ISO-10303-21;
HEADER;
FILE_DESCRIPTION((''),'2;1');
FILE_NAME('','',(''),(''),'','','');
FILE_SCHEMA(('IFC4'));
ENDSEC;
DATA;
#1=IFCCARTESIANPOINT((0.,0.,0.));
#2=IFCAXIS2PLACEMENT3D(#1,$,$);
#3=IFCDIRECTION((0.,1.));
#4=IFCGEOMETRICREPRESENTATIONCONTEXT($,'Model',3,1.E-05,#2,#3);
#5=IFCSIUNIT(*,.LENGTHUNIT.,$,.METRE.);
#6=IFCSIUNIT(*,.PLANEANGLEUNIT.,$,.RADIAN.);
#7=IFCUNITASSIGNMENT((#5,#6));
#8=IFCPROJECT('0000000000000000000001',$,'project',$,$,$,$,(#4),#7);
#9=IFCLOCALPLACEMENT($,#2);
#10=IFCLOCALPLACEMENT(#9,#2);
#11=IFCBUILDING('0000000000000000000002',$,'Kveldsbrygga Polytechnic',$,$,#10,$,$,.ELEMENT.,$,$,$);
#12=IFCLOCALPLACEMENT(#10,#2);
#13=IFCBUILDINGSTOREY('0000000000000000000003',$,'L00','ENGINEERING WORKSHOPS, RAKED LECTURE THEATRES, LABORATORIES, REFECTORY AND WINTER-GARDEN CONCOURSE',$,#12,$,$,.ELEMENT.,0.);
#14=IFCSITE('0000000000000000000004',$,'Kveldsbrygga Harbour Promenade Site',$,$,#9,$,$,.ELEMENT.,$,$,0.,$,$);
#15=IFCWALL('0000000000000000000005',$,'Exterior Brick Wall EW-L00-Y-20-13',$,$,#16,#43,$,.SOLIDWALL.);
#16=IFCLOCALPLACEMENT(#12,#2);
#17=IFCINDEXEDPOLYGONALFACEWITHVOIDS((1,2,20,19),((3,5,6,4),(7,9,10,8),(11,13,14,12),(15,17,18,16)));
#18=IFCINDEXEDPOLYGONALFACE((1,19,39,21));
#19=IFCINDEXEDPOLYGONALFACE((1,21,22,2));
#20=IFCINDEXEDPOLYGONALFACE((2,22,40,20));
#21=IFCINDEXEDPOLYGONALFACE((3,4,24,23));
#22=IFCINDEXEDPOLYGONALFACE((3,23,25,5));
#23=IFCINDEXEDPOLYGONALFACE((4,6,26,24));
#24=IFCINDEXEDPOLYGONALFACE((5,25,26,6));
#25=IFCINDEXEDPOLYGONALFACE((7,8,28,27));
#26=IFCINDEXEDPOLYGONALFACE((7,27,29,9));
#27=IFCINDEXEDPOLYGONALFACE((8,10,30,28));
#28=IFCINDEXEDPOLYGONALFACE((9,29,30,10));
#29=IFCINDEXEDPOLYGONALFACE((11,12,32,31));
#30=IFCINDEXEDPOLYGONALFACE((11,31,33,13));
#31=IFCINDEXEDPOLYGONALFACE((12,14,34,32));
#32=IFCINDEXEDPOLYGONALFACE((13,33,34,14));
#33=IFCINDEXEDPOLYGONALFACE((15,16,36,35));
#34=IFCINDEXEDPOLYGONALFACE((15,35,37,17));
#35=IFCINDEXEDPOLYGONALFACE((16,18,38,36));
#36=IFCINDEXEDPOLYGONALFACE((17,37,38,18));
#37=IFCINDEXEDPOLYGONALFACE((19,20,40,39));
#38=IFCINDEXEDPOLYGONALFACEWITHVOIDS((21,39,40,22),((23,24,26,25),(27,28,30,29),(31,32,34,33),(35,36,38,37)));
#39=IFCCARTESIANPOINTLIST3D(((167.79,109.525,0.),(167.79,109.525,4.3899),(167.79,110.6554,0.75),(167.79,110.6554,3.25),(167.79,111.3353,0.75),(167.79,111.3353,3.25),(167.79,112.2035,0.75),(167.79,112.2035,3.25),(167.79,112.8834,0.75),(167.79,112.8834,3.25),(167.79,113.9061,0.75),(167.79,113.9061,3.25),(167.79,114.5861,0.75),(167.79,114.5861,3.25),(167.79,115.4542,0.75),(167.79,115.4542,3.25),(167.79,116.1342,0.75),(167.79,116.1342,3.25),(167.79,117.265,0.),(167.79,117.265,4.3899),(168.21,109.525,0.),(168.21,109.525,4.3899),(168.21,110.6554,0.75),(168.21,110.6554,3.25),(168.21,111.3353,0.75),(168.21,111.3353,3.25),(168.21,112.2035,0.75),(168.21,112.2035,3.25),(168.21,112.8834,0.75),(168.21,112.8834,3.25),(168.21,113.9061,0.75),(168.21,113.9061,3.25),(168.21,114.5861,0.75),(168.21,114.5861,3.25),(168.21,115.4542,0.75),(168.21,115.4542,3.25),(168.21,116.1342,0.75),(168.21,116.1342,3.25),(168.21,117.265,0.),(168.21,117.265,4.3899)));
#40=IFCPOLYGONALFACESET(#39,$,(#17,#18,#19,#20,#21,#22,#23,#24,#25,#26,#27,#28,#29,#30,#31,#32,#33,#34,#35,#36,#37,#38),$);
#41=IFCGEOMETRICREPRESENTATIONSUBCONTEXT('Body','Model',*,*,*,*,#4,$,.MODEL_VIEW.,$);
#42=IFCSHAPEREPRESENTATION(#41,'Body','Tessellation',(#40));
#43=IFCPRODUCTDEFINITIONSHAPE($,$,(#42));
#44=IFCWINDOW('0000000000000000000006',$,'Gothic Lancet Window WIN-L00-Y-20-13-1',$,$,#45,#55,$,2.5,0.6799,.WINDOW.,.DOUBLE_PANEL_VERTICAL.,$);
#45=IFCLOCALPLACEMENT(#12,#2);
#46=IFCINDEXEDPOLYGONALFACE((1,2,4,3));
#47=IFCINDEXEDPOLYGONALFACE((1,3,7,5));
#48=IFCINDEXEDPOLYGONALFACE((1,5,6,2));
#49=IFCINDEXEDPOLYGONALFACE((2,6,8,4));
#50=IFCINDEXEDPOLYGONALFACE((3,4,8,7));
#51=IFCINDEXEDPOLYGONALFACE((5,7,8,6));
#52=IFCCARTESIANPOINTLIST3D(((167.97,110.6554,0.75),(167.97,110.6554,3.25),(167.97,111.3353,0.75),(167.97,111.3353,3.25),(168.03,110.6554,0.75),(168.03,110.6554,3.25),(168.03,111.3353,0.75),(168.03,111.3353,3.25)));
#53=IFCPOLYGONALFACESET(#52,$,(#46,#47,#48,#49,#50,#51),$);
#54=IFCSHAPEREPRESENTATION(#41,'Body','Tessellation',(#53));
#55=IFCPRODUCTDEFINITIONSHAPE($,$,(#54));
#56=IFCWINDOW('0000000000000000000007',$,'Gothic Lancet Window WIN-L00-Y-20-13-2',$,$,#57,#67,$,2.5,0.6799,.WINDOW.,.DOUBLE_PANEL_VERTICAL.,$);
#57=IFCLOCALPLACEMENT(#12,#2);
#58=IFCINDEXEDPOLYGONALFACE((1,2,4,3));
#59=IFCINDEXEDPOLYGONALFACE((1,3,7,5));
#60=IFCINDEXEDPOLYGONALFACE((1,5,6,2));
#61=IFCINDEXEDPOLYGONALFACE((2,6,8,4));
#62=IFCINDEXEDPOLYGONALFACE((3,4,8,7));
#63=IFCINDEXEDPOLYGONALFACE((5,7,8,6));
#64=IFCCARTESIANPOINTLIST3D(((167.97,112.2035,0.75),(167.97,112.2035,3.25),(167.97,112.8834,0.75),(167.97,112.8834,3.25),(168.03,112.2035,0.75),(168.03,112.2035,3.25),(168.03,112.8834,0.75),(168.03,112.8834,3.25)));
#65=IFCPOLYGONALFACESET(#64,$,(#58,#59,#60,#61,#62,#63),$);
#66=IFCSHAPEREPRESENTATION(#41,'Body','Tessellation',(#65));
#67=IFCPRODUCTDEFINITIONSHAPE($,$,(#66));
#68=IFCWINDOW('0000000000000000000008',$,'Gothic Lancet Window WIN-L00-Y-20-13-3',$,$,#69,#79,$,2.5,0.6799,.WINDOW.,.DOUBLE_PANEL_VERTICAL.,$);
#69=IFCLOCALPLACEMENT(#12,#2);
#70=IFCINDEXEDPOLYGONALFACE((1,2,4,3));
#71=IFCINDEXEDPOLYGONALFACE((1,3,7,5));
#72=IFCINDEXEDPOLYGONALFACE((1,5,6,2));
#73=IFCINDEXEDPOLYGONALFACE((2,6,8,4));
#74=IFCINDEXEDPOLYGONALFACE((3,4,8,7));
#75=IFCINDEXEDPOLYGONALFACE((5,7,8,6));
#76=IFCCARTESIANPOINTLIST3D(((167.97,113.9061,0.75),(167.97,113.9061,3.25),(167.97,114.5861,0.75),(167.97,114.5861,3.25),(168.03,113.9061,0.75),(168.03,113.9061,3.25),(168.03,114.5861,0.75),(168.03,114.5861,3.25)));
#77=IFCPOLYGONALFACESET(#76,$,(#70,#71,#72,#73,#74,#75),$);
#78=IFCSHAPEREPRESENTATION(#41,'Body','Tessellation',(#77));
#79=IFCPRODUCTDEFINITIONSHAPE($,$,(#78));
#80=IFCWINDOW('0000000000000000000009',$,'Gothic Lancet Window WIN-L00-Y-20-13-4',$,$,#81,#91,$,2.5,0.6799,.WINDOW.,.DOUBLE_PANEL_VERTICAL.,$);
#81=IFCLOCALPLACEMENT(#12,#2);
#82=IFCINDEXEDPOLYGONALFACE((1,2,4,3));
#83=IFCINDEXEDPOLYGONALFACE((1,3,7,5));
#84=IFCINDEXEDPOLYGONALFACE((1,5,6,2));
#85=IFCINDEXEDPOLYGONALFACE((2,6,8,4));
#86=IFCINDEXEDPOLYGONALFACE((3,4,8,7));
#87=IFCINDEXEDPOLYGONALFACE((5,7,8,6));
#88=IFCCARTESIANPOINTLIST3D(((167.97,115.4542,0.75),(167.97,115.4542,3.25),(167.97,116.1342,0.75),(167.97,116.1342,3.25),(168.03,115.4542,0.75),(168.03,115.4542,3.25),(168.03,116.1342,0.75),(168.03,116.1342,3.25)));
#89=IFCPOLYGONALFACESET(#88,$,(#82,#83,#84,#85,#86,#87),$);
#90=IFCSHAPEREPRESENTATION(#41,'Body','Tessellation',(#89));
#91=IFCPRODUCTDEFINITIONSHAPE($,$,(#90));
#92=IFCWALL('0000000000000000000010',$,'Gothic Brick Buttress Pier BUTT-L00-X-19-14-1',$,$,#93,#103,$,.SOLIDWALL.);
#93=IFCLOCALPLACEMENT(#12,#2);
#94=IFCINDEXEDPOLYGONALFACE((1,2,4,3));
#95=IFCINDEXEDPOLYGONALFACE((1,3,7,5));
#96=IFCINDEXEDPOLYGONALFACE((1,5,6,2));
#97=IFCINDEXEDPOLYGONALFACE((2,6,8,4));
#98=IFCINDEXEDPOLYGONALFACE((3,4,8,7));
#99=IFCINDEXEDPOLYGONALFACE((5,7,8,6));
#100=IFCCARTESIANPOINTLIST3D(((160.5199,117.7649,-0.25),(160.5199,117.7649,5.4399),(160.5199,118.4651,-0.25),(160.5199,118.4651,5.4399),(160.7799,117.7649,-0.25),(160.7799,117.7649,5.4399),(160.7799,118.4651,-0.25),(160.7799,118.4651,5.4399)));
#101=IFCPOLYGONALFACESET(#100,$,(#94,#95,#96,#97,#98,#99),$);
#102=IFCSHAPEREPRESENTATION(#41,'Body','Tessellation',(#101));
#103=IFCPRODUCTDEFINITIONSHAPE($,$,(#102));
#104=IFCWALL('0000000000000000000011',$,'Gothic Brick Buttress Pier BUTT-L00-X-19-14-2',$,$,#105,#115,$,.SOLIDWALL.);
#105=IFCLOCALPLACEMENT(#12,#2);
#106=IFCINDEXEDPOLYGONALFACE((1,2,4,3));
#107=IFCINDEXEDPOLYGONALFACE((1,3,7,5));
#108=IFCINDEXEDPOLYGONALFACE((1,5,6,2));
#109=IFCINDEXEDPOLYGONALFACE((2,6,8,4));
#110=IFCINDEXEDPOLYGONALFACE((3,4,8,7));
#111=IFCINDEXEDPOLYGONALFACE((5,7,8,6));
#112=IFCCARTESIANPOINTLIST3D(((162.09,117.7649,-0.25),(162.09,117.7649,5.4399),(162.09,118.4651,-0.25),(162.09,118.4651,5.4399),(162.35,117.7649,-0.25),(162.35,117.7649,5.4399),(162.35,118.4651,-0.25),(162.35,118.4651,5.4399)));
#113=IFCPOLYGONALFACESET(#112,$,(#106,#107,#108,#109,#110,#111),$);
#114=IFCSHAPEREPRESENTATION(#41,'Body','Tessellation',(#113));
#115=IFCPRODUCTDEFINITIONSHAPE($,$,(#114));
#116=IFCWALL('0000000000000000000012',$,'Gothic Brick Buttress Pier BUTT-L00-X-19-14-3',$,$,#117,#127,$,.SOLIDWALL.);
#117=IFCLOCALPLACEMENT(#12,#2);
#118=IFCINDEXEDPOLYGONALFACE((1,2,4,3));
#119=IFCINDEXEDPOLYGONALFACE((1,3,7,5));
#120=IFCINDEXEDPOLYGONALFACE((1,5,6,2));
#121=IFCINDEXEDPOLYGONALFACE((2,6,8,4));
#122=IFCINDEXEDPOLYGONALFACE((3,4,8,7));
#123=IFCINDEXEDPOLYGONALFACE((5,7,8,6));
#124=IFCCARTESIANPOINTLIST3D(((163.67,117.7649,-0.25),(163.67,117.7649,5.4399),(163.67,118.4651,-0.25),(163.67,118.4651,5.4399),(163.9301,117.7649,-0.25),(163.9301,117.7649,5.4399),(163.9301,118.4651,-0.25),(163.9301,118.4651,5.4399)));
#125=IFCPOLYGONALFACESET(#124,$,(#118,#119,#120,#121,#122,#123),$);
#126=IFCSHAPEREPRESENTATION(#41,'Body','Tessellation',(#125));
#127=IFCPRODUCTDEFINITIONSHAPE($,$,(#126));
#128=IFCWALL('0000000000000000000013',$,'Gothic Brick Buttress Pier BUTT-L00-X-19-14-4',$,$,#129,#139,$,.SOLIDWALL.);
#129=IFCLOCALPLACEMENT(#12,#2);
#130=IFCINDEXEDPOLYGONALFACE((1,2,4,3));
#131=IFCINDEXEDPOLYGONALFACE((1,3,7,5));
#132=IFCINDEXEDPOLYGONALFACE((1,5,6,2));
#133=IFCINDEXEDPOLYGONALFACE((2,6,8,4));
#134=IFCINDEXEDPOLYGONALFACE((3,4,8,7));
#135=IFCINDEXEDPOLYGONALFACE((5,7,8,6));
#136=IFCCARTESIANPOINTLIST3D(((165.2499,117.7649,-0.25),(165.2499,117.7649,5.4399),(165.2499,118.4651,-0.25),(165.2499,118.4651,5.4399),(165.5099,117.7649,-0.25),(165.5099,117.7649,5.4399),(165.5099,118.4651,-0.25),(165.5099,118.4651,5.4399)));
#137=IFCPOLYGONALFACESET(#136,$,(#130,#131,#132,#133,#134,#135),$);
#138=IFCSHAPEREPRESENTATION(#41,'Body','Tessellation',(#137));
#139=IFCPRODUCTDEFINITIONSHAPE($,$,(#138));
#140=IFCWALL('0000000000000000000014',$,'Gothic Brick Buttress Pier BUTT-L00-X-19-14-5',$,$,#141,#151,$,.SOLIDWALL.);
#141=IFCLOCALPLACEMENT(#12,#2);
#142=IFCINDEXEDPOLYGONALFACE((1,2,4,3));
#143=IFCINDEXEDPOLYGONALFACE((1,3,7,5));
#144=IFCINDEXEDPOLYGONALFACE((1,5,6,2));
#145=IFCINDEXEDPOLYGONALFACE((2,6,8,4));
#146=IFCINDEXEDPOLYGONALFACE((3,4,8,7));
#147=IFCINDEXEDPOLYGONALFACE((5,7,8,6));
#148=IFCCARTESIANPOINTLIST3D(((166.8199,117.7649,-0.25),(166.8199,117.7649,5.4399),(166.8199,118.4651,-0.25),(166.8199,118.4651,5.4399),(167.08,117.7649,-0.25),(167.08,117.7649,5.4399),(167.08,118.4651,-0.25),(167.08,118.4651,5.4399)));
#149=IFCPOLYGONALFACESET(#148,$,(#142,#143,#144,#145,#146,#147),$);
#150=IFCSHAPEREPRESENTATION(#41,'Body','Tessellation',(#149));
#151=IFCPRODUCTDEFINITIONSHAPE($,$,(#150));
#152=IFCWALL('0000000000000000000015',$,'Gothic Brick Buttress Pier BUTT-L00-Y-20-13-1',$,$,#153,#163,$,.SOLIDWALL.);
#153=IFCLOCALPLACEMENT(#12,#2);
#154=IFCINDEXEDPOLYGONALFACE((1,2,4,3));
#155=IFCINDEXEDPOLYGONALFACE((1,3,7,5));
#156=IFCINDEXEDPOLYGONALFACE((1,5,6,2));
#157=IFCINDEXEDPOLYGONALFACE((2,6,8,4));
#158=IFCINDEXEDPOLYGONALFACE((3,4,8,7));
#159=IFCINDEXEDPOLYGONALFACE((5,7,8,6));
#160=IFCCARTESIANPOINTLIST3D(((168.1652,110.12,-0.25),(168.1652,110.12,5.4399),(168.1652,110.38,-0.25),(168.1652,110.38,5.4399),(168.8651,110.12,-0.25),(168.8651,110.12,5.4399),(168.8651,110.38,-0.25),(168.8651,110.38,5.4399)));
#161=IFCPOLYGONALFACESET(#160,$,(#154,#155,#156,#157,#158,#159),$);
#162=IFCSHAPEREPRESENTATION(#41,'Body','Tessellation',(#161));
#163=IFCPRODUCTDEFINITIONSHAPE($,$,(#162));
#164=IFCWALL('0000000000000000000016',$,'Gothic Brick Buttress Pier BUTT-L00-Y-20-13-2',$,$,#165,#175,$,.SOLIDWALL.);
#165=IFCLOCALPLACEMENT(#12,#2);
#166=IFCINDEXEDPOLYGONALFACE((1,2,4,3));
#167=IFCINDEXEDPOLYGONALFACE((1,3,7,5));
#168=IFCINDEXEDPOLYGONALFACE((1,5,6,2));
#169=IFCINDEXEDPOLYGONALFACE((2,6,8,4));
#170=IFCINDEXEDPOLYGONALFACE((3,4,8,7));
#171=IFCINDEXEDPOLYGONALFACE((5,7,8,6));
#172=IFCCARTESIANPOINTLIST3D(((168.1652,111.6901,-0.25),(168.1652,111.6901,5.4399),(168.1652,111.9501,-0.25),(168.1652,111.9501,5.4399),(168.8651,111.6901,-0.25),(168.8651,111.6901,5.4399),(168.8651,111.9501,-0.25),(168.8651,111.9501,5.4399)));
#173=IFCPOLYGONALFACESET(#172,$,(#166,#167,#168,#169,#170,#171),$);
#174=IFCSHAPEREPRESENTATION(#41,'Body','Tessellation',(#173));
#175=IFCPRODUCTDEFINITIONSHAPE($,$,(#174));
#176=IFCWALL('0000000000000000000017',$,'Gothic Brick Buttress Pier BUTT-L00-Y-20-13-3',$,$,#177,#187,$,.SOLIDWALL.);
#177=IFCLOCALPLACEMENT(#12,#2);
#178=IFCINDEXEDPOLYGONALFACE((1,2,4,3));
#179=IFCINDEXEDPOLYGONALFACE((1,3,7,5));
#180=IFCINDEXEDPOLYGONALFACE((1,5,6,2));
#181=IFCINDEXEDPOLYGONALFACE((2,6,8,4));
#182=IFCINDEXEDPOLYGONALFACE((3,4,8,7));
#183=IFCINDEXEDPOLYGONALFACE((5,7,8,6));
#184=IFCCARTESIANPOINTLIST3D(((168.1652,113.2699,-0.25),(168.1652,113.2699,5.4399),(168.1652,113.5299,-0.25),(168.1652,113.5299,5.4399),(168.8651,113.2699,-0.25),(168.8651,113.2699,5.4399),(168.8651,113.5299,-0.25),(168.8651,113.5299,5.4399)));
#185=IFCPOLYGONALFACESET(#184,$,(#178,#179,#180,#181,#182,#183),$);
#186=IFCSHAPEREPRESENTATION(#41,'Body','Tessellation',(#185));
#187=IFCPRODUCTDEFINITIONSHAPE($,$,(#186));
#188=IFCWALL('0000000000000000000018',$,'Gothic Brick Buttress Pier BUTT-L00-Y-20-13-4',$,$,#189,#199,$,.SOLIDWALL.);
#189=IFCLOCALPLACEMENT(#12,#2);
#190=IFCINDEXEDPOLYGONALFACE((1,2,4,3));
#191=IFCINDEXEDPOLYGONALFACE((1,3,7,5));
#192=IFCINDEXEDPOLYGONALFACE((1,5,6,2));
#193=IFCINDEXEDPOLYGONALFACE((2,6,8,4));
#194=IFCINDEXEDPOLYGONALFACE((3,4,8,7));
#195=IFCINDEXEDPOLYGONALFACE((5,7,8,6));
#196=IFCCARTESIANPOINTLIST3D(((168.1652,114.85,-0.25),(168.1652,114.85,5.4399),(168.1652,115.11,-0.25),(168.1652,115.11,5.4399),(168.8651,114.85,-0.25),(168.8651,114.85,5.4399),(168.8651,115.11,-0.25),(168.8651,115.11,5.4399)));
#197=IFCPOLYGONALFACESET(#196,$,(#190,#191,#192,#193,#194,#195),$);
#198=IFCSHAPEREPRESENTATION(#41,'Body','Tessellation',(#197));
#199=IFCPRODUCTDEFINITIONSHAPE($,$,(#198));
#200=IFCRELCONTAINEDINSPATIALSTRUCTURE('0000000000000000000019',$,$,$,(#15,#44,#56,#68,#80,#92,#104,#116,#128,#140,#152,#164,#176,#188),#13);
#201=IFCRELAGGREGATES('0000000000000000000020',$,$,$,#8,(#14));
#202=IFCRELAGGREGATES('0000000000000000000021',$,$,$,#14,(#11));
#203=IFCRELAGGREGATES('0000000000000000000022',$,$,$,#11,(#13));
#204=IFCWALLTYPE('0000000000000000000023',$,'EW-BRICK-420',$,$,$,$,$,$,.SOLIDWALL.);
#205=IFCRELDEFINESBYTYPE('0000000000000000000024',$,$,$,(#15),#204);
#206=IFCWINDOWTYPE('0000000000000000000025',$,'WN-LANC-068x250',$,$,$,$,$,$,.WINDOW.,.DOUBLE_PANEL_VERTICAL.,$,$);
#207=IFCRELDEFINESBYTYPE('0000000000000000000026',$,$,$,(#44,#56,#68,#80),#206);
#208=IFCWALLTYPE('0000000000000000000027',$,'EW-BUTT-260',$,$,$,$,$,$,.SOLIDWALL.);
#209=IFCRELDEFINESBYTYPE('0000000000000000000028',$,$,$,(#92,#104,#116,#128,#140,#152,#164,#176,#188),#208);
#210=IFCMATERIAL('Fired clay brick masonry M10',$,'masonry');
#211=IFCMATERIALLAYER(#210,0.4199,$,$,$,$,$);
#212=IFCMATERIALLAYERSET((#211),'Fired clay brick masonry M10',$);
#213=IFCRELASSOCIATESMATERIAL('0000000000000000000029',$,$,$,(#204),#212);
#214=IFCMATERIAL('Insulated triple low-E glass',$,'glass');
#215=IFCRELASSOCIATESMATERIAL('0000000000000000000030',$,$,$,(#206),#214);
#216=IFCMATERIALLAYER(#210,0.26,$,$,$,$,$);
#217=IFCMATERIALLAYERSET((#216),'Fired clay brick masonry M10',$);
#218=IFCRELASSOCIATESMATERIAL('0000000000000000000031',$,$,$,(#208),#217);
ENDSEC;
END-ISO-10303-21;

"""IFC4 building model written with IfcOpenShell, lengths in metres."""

from ifc_helpers import new_model, si_unit, direction, frame, frame_2d, origin, place, context, subcontext, project, spatial, rectangle, extrude, material, layer, layer_set, type_object, element, fill, save


model = new_model("IFC4")

# Units and contexts
model_context = context("Model", 3, precision=1e-05, world=origin(), true_north=direction((0.0, 1.0)))
body_context = subcontext(model_context, "Body", "Model", "MODEL_VIEW")
ifc_project = project(units=[si_unit("LENGTHUNIT", "METRE"), si_unit("PLANEANGLEUNIT", "RADIAN")], contexts=[model_context])

# Site, building, storey
site_placement = place(None, origin())
site = spatial("IfcSite", under=ifc_project, at=site_placement, Name="Kveldsbrygga Harbour Promenade Site", CompositionType="ELEMENT", RefElevation=0.0)
building_placement = place(site_placement, origin())
building = spatial("IfcBuilding", under=site, at=building_placement, Name="Kveldsbrygga Polytechnic", CompositionType="ELEMENT")
storey_placement = place(building_placement, origin())
storey = spatial("IfcBuildingStorey", under=building, at=storey_placement, Name="L00", Description="ENGINEERING WORKSHOPS, RAKED LECTURE THEATRES, LABORATORIES, REFECTORY AND WINTER-GARDEN CONCOURSE", CompositionType="ELEMENT", Elevation=0.0)

# Wall, openings, windows
ifc_material_1 = material(Name="Fired clay brick masonry M10", Category="masonry")
ifc_layer_1 = layer(ifc_material_1, 0.4199)
ifc_layer_set_1 = layer_set([ifc_layer_1], Name="Fired clay brick masonry M10")
wall_type_1 = type_object("IfcWallType", Name="EW-BRICK-420", PredefinedType="SOLIDWALL", material=ifc_layer_set_1)
ifc_material_2 = material(Name="Insulated triple low-E glass", Category="glass")
wall_1_placement = place(storey_placement, frame((168.0, 109.5249, 0.0), z_axis=(0.0, 0.0, 1.0), x_axis=(0.0, 1.0, 0.0)))
wall_1 = element("IfcWall", 1, at=wall_1_placement, inside=storey, type_object=wall_type_1, Name="Exterior Brick Wall EW-L00-Y-20-13", PredefinedType="SOLIDWALL", context=body_context, shape_type="SweptSolid", body=[
    extrude(rectangle(XDim=7.74, YDim=0.4199, at=frame_2d((3.8701, 0.0))), origin(), (0.0, 0.0, 1.0), 4.3899),
])
opening_1_placement = place(wall_1_placement, frame((1.1306, 0.0, 0.75)))
opening_1 = element("IfcOpeningElement", 2, at=opening_1_placement, cuts=wall_1, PredefinedType="OPENING", context=body_context, shape_type="SweptSolid", body=[
    extrude(rectangle(XDim=0.6799, YDim=2.5, at=frame_2d((0.3398, 1.25))), frame((0.0, 0.22, 0.0), z_axis=(0.0, -1.0, 0.0), x_axis=(1.0, 0.0, 0.0)), (0.0, 0.0, 1.0), 0.4399),
])
opening_2_placement = place(wall_1_placement, frame((2.6787, 0.0, 0.75)))
opening_2 = element("IfcOpeningElement", 3, at=opening_2_placement, cuts=wall_1, PredefinedType="OPENING", context=body_context, shape_type="SweptSolid", body=[
    extrude(rectangle(XDim=0.6799, YDim=2.5, at=frame_2d((0.3398, 1.25))), frame((0.0, 0.22, 0.0), z_axis=(0.0, -1.0, 0.0), x_axis=(1.0, 0.0, 0.0)), (0.0, 0.0, 1.0), 0.4399),
])
opening_3_placement = place(wall_1_placement, frame((4.3813, 0.0, 0.75)))
opening_3 = element("IfcOpeningElement", 4, at=opening_3_placement, cuts=wall_1, PredefinedType="OPENING", context=body_context, shape_type="SweptSolid", body=[
    extrude(rectangle(XDim=0.6799, YDim=2.5, at=frame_2d((0.3398, 1.25))), frame((0.0, 0.22, 0.0), z_axis=(0.0, -1.0, 0.0), x_axis=(1.0, 0.0, 0.0)), (0.0, 0.0, 1.0), 0.4399),
])
opening_4_placement = place(wall_1_placement, frame((5.9294, 0.0, 0.75)))
opening_4 = element("IfcOpeningElement", 5, at=opening_4_placement, cuts=wall_1, PredefinedType="OPENING", context=body_context, shape_type="SweptSolid", body=[
    extrude(rectangle(XDim=0.6799, YDim=2.5, at=frame_2d((0.3398, 1.25))), frame((0.0, 0.22, 0.0), z_axis=(0.0, -1.0, 0.0), x_axis=(1.0, 0.0, 0.0)), (0.0, 0.0, 1.0), 0.4399),
])
window_type_1 = type_object("IfcWindowType", Name="WN-LANC-068x250", PartitioningType="DOUBLE_PANEL_VERTICAL", PredefinedType="WINDOW", material=ifc_material_2)
window_1_placement = place(opening_1_placement, origin())
window_1 = element("IfcWindow", 6, at=window_1_placement, inside=storey, type_object=window_type_1, Name="Gothic Lancet Window WIN-L00-Y-20-13-1", OverallHeight=2.5, OverallWidth=0.6799, PartitioningType="DOUBLE_PANEL_VERTICAL", PredefinedType="WINDOW", context=body_context, shape_type="SweptSolid", body=[
    extrude(rectangle(XDim=0.6799, YDim=2.5, at=frame_2d((0.3398, 1.25))), frame((0.0, 0.03, 0.0), z_axis=(0.0, -1.0, 0.0), x_axis=(1.0, 0.0, 0.0)), (0.0, 0.0, 1.0), 0.0601),
])
fill(opening_1, window_1)
window_2_placement = place(opening_2_placement, origin())
window_2 = element("IfcWindow", 7, at=window_2_placement, inside=storey, type_object=window_type_1, Name="Gothic Lancet Window WIN-L00-Y-20-13-2", OverallHeight=2.5, OverallWidth=0.6799, PartitioningType="DOUBLE_PANEL_VERTICAL", PredefinedType="WINDOW", context=body_context, shape_type="SweptSolid", body=[
    extrude(rectangle(XDim=0.6799, YDim=2.5, at=frame_2d((0.3398, 1.25))), frame((0.0, 0.03, 0.0), z_axis=(0.0, -1.0, 0.0), x_axis=(1.0, 0.0, 0.0)), (0.0, 0.0, 1.0), 0.0601),
])
fill(opening_2, window_2)
window_3_placement = place(opening_3_placement, origin())
window_3 = element("IfcWindow", 8, at=window_3_placement, inside=storey, type_object=window_type_1, Name="Gothic Lancet Window WIN-L00-Y-20-13-3", OverallHeight=2.5, OverallWidth=0.6799, PartitioningType="DOUBLE_PANEL_VERTICAL", PredefinedType="WINDOW", context=body_context, shape_type="SweptSolid", body=[
    extrude(rectangle(XDim=0.6799, YDim=2.5, at=frame_2d((0.3398, 1.25))), frame((0.0, 0.03, 0.0), z_axis=(0.0, -1.0, 0.0), x_axis=(1.0, 0.0, 0.0)), (0.0, 0.0, 1.0), 0.0601),
])
fill(opening_3, window_3)
window_4_placement = place(opening_4_placement, origin())
window_4 = element("IfcWindow", 9, at=window_4_placement, inside=storey, type_object=window_type_1, Name="Gothic Lancet Window WIN-L00-Y-20-13-4", OverallHeight=2.5, OverallWidth=0.6799, PartitioningType="DOUBLE_PANEL_VERTICAL", PredefinedType="WINDOW", context=body_context, shape_type="SweptSolid", body=[
    extrude(rectangle(XDim=0.6799, YDim=2.5, at=frame_2d((0.3398, 1.25))), frame((0.0, 0.03, 0.0), z_axis=(0.0, -1.0, 0.0), x_axis=(1.0, 0.0, 0.0)), (0.0, 0.0, 1.0), 0.0601),
])
fill(opening_4, window_4)

# Walls
ifc_layer_2 = layer(ifc_material_1, 0.26)
ifc_layer_set_2 = layer_set([ifc_layer_2], Name="Fired clay brick masonry M10")
wall_type_2 = type_object("IfcWallType", Name="EW-BUTT-260", PredefinedType="SOLIDWALL", material=ifc_layer_set_2)
for number, where, z_axis, x_axis, name in (
    (10, (160.6499, 117.7649, -0.25), (0.0, 0.0, 1.0), (0.0, 1.0, 0.0), "Gothic Brick Buttress Pier BUTT-L00-X-19-14-1"),
    (11, (162.22, 117.7649, -0.25), (0.0, 0.0, 1.0), (0.0, 1.0, 0.0), "Gothic Brick Buttress Pier BUTT-L00-X-19-14-2"),
    (12, (163.8, 117.7649, -0.25), (0.0, 0.0, 1.0), (0.0, 1.0, 0.0), "Gothic Brick Buttress Pier BUTT-L00-X-19-14-3"),
    (13, (165.3799, 117.7649, -0.25), (0.0, 0.0, 1.0), (0.0, 1.0, 0.0), "Gothic Brick Buttress Pier BUTT-L00-X-19-14-4"),
    (14, (166.95, 117.7649, -0.25), (0.0, 0.0, 1.0), (0.0, 1.0, 0.0), "Gothic Brick Buttress Pier BUTT-L00-X-19-14-5"),
):
    element("IfcWall", number, at=place(storey_placement, frame(where, z_axis=z_axis, x_axis=x_axis)), inside=storey, type_object=wall_type_2, Name=name, PredefinedType="SOLIDWALL", context=body_context, shape_type="SweptSolid", body=[
        extrude(rectangle(XDim=0.7002, YDim=0.26, at=frame_2d((0.3501, 0.0))), origin(), (0.0, 0.0, 1.0), 5.6899),
    ])
for number, where, z_axis, x_axis, name in (
    (15, (168.165, 110.25, -0.25), (0.0, 0.0, 1.0), (1.0, 0.0, 0.0), "Gothic Brick Buttress Pier BUTT-L00-Y-20-13-1"),
    (16, (168.165, 111.8201, -0.25), (0.0, 0.0, 1.0), (1.0, 0.0, 0.0), "Gothic Brick Buttress Pier BUTT-L00-Y-20-13-2"),
    (17, (168.165, 113.3999, -0.25), (0.0, 0.0, 1.0), (1.0, 0.0, 0.0), "Gothic Brick Buttress Pier BUTT-L00-Y-20-13-3"),
    (18, (168.165, 114.98, -0.25), (0.0, 0.0, 1.0), (1.0, 0.0, 0.0), "Gothic Brick Buttress Pier BUTT-L00-Y-20-13-4"),
):
    element("IfcWall", number, at=place(storey_placement, frame(where, z_axis=z_axis, x_axis=x_axis)), inside=storey, type_object=wall_type_2, Name=name, PredefinedType="SOLIDWALL", context=body_context, shape_type="SweptSolid", body=[
        extrude(rectangle(XDim=0.7, YDim=0.26, at=frame_2d((0.3501, 0.0))), origin(), (0.0, 0.0, 1.0), 5.6899),
    ])

save(model, "model.ifc")
